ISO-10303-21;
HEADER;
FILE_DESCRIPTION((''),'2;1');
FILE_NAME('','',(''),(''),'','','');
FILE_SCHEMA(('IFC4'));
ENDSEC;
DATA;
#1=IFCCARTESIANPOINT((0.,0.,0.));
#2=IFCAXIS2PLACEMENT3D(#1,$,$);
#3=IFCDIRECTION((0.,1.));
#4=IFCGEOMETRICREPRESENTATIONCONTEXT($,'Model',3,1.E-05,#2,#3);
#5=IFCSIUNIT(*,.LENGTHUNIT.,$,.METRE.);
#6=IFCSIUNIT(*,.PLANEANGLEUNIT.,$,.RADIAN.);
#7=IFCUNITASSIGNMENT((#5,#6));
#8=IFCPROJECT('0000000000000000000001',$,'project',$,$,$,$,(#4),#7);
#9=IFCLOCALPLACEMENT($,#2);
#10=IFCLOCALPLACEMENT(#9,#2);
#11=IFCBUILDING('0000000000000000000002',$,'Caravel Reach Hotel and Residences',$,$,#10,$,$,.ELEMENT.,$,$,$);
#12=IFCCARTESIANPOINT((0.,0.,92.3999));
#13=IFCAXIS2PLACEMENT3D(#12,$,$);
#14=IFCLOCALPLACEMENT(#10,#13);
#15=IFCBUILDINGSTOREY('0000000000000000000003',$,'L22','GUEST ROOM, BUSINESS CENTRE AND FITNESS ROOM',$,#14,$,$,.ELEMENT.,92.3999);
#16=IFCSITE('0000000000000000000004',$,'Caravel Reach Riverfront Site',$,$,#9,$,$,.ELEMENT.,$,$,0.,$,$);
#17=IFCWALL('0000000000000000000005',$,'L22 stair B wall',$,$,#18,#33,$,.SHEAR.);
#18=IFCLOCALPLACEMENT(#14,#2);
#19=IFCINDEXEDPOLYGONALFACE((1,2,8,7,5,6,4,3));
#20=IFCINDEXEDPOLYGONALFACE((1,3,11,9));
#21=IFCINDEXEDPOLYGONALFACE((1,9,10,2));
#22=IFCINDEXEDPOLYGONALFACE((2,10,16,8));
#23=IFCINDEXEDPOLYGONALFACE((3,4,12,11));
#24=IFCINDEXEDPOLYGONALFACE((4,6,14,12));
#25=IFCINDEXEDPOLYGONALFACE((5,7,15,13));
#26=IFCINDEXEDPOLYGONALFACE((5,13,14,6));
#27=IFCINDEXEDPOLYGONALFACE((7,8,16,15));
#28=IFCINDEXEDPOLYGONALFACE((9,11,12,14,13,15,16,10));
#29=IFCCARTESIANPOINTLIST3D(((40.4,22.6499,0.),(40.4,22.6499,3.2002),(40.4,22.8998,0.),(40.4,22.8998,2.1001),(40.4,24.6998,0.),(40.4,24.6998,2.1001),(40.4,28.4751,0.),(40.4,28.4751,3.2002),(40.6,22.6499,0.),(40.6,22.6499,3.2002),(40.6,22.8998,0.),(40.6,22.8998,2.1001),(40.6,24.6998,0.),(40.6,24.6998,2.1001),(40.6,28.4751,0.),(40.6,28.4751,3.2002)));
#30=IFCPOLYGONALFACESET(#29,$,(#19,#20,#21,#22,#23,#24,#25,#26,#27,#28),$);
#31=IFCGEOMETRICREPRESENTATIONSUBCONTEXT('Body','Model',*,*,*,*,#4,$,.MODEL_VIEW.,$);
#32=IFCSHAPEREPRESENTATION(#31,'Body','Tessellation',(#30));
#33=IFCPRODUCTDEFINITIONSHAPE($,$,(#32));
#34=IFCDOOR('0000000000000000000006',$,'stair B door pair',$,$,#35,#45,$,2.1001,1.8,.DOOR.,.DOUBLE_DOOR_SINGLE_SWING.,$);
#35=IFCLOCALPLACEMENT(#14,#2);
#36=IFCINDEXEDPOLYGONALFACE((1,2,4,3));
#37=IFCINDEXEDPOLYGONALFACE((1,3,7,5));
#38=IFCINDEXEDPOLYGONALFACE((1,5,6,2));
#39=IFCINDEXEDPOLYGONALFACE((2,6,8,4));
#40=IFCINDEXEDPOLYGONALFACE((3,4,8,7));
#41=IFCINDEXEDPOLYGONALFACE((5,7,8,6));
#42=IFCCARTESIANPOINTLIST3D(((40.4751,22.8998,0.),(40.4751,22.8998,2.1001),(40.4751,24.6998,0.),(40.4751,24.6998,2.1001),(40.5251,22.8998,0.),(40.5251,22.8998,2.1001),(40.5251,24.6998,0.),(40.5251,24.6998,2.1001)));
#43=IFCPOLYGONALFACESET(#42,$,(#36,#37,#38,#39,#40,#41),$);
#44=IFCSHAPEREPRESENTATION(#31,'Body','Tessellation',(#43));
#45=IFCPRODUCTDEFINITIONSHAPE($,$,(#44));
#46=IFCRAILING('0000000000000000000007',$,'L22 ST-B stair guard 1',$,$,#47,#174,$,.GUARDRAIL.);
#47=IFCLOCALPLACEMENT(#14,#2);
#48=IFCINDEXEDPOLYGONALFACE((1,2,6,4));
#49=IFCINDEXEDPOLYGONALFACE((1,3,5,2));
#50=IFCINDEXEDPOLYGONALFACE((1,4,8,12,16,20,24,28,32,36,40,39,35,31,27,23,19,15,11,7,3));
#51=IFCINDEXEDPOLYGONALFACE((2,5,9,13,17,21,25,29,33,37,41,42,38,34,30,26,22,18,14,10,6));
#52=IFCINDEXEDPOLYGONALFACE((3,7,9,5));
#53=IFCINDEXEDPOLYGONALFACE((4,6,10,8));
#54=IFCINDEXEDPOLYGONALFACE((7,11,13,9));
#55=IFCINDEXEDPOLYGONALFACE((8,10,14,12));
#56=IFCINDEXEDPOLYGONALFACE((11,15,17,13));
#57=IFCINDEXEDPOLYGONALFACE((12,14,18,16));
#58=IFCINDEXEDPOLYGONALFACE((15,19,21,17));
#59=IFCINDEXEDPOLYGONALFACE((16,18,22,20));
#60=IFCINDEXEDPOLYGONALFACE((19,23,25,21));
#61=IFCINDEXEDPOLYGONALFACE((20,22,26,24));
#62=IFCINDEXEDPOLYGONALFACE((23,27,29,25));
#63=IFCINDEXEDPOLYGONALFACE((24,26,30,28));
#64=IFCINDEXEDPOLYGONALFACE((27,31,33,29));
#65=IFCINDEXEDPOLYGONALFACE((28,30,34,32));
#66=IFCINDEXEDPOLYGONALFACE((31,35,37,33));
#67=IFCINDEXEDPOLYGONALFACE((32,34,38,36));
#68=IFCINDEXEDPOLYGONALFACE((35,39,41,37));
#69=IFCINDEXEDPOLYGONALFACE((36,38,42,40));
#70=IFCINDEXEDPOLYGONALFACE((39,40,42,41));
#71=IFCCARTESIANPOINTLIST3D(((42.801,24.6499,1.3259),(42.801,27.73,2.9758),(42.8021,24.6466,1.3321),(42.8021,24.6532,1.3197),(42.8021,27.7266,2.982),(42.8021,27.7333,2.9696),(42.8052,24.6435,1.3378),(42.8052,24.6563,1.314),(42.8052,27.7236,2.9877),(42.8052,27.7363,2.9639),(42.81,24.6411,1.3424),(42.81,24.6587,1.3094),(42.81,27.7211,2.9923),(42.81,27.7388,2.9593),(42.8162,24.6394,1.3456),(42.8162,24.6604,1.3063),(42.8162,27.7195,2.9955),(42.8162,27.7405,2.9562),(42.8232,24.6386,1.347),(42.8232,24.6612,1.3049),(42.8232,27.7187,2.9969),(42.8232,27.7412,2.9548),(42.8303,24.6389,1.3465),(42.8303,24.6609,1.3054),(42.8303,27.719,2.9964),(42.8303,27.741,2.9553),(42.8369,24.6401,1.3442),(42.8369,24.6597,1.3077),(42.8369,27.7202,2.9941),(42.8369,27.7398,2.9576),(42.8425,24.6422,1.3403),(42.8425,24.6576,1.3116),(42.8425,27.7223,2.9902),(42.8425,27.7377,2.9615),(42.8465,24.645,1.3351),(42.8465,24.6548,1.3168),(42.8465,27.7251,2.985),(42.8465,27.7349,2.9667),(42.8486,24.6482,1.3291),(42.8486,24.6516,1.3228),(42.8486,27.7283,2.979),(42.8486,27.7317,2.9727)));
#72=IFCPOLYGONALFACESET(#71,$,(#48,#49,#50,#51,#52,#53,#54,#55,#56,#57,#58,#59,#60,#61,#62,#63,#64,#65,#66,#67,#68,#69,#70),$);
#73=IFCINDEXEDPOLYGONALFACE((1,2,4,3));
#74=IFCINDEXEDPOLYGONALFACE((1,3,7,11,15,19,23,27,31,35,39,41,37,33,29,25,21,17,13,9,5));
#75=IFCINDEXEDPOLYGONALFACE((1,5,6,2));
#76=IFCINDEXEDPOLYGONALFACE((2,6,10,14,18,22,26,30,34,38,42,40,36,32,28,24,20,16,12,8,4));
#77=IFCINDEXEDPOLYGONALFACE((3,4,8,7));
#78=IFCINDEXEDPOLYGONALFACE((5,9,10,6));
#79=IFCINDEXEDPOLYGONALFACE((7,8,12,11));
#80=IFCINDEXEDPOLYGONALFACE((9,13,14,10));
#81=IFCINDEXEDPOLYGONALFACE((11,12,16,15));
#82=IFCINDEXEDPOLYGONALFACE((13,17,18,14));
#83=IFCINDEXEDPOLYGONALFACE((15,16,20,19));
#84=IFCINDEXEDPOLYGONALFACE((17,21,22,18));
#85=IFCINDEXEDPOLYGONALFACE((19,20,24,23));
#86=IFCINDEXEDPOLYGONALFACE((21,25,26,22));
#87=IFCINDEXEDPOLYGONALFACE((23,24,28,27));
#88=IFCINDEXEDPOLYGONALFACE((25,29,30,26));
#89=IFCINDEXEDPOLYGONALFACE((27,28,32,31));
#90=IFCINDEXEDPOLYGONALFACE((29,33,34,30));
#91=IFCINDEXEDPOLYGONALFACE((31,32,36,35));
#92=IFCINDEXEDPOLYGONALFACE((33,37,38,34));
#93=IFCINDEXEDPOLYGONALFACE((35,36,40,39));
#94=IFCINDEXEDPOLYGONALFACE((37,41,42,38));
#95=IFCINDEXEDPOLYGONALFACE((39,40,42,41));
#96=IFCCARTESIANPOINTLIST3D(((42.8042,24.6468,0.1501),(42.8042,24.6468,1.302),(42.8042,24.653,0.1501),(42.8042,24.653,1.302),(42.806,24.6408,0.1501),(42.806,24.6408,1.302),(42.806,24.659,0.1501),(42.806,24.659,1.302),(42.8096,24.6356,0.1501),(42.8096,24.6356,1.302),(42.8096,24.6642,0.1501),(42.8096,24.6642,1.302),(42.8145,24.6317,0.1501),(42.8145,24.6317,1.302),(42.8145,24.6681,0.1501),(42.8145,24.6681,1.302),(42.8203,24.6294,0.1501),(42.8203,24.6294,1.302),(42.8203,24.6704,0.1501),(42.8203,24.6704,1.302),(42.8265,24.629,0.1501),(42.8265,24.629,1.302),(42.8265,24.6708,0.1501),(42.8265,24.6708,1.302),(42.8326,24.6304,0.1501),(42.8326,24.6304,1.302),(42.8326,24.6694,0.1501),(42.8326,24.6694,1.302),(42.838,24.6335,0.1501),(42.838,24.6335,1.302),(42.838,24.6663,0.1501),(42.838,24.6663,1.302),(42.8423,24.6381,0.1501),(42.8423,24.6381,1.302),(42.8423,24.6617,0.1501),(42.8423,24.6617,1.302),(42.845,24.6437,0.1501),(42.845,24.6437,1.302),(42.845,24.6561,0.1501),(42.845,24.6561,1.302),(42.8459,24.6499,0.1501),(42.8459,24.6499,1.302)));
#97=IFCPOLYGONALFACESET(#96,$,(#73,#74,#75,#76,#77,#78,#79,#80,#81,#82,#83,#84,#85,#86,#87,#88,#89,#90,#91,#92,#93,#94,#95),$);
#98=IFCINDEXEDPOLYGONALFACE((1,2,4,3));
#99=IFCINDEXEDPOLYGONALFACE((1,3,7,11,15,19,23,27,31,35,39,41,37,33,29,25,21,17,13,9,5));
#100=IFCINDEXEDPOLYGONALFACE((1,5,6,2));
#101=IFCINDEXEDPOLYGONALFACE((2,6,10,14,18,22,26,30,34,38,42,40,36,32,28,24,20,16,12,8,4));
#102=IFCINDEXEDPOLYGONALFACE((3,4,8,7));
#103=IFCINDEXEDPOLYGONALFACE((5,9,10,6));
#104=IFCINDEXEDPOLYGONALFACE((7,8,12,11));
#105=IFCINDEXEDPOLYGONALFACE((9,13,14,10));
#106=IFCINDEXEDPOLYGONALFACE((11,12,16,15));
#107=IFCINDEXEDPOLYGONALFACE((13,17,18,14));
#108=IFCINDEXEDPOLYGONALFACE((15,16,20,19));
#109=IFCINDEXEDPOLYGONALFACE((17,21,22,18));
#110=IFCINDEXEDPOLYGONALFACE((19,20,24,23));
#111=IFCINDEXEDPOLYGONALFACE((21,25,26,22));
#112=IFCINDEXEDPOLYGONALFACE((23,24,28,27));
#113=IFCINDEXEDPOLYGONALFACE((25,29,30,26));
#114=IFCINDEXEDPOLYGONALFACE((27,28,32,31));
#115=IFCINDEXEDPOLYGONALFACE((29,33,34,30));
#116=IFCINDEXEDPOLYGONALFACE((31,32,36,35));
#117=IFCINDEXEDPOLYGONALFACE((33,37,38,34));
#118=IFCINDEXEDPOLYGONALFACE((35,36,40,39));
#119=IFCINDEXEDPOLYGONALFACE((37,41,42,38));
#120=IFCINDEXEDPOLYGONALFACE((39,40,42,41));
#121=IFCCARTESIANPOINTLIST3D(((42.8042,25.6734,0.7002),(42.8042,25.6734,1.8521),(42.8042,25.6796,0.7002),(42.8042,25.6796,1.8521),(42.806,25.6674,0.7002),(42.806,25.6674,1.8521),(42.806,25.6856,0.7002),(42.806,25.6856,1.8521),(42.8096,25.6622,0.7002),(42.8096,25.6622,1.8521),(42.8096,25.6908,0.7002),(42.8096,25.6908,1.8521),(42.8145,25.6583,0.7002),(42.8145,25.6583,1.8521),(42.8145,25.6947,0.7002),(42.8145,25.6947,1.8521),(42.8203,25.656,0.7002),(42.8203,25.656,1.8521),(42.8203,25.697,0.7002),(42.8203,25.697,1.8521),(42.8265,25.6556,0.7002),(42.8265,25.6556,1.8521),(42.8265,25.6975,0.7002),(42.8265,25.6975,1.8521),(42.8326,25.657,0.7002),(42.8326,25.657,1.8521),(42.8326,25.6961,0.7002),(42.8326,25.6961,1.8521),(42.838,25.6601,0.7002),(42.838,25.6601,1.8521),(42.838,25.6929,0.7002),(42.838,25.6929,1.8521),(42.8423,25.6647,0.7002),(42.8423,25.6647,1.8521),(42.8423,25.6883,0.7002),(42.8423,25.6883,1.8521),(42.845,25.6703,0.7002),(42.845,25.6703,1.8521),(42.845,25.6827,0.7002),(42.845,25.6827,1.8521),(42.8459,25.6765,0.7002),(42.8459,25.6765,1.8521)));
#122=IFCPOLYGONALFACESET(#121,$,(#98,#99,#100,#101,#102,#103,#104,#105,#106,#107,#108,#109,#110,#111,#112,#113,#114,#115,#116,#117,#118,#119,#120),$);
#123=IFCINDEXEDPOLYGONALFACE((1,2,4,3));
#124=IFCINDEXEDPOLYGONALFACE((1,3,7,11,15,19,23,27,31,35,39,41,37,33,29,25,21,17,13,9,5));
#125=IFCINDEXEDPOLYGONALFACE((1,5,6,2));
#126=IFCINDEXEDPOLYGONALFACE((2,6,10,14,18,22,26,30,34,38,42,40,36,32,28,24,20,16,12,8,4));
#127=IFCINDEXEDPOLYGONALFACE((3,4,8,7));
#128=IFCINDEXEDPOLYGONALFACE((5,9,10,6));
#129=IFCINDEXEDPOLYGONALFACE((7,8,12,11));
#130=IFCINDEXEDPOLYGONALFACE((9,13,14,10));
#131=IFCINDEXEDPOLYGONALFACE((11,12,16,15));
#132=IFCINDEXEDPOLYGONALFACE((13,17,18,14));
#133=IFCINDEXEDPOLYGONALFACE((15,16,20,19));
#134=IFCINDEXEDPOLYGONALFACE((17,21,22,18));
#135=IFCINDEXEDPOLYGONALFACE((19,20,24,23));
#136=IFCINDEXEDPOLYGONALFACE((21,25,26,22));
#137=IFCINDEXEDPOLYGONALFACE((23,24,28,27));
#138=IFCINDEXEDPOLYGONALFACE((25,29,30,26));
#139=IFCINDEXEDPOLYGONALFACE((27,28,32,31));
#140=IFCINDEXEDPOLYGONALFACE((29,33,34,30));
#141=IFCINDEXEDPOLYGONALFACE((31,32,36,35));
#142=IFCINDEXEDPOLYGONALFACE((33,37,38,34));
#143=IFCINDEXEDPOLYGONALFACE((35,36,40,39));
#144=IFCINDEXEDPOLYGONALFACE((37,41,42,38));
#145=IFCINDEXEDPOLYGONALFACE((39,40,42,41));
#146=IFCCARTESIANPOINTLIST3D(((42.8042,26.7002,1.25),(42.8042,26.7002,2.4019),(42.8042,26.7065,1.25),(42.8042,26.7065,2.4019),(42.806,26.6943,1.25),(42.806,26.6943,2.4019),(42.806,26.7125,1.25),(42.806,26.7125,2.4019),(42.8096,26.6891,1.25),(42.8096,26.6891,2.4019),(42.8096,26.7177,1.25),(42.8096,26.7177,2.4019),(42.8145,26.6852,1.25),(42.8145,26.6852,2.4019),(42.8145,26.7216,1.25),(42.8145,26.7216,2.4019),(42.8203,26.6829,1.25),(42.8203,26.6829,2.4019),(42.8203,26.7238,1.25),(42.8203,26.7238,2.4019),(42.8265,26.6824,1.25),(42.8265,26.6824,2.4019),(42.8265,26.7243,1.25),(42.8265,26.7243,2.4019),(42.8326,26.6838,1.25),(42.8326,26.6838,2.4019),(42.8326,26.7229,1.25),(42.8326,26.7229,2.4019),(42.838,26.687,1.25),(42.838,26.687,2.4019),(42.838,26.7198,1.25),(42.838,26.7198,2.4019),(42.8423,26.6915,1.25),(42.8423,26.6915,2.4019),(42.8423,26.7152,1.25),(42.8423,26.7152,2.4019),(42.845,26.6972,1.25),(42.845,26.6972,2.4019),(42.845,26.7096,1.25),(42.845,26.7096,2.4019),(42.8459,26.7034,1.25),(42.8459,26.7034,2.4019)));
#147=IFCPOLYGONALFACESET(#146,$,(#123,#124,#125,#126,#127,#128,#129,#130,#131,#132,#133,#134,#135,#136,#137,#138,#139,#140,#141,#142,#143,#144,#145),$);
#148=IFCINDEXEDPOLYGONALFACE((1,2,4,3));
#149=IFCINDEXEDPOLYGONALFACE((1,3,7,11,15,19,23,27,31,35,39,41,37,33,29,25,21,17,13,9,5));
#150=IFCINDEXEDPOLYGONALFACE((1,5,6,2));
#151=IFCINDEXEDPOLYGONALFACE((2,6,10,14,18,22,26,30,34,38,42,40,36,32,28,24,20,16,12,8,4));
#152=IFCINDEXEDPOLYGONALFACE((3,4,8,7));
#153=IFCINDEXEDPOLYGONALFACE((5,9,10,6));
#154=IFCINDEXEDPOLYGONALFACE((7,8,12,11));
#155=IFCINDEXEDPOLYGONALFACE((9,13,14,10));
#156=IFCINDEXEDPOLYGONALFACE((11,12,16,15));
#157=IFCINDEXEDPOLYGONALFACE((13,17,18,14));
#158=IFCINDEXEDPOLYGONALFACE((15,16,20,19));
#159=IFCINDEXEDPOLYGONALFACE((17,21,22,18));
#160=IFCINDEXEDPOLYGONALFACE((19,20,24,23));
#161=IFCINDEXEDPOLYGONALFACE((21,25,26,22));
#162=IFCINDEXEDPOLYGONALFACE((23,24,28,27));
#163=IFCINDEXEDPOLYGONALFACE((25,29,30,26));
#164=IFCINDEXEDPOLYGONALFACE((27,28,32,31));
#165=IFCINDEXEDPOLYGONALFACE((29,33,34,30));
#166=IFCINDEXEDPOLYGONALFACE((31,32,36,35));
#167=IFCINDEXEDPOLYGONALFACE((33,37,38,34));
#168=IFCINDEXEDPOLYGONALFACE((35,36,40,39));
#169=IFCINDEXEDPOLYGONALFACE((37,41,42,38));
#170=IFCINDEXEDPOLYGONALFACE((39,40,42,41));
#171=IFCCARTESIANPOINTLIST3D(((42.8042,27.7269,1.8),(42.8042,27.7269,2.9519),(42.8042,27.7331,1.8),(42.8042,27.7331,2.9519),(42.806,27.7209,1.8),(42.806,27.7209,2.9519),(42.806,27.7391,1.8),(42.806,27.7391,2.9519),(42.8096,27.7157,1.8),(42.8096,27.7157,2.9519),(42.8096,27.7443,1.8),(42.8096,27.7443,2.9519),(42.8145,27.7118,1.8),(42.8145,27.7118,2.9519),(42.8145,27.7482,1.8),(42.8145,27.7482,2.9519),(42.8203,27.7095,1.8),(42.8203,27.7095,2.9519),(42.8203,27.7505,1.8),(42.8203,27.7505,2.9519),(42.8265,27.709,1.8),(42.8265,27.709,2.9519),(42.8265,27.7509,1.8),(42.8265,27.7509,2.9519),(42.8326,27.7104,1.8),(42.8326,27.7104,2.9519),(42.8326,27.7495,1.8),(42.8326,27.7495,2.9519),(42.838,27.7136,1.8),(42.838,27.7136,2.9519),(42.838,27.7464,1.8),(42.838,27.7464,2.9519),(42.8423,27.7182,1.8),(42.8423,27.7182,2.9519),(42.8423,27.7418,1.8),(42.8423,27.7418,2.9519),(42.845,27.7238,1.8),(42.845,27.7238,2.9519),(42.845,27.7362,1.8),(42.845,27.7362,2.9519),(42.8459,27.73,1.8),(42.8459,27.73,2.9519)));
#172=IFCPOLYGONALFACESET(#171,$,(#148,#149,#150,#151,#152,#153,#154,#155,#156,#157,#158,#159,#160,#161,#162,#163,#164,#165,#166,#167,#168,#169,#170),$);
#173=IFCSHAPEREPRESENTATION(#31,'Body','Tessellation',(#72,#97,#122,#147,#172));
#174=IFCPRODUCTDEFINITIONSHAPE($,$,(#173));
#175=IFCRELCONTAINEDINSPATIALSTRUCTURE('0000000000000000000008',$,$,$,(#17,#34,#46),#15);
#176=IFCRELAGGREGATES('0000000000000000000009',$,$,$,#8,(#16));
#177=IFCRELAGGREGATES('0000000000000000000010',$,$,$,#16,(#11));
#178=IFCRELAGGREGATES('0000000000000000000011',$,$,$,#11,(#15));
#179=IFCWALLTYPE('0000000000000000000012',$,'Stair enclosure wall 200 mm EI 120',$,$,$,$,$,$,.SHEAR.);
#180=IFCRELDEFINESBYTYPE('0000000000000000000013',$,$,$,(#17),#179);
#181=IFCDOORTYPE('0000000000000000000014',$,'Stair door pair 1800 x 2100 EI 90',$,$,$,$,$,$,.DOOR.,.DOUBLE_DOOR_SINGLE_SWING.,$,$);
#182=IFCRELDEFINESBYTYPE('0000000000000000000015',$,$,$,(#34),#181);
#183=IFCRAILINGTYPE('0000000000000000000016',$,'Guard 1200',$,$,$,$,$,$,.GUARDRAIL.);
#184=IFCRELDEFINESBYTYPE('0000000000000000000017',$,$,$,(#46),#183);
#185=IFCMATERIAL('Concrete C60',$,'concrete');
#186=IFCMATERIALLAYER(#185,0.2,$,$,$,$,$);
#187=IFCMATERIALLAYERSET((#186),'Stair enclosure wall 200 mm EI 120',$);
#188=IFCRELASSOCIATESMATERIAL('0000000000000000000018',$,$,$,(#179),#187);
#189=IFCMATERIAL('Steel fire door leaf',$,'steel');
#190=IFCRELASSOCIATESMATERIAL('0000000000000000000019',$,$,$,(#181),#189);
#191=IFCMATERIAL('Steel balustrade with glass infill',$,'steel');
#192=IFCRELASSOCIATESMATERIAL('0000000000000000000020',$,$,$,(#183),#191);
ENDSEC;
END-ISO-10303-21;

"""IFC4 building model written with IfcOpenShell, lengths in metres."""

from ifc_helpers import new_model, si_unit, direction, frame, frame_2d, origin, origin_2d, place, context, subcontext, project, spatial, rectangle, circle, extrude, material, layer, layer_set, type_object, element, fill, save


model = new_model("IFC4")

# Units and contexts
model_context = context("Model", 3, precision=1e-05, world=origin(), true_north=direction((0.0, 1.0)))
body_context = subcontext(model_context, "Body", "Model", "MODEL_VIEW")
ifc_project = project(units=[si_unit("LENGTHUNIT", "METRE"), si_unit("PLANEANGLEUNIT", "RADIAN")], contexts=[model_context])

# Site, building, storey
site_placement = place(None, origin())
site = spatial("IfcSite", under=ifc_project, at=site_placement, Name="Caravel Reach Riverfront Site", CompositionType="ELEMENT", RefElevation=0.0)
building_placement = place(site_placement, origin())
building = spatial("IfcBuilding", under=site, at=building_placement, Name="Caravel Reach Hotel and Residences", CompositionType="ELEMENT")
storey_placement = place(building_placement, frame((0.0, 0.0, 92.3999)))
storey = spatial("IfcBuildingStorey", under=building, at=storey_placement, Name="L22", Description="GUEST ROOM, BUSINESS CENTRE AND FITNESS ROOM", CompositionType="ELEMENT", Elevation=92.3999)

# Wall, opening, door
ifc_material_1 = material(Name="Concrete C60", Category="concrete")
ifc_layer_1 = layer(ifc_material_1, 0.2)
ifc_layer_set_1 = layer_set([ifc_layer_1], Name="Stair enclosure wall 200 mm EI 120")
wall_type_1 = type_object("IfcWallType", Name="Stair enclosure wall 200 mm EI 120", PredefinedType="SHEAR", material=ifc_layer_set_1)
wall_1_placement = place(storey_placement, frame((40.5, 22.6499, 0.0), z_axis=(0.0, 0.0, 1.0), x_axis=(0.0, 1.0, 0.0)))
wall_1 = element("IfcWall", 1, at=wall_1_placement, inside=storey, type_object=wall_type_1, Name="L22 stair B wall", PredefinedType="SHEAR", context=body_context, shape_type="SweptSolid", body=[
    extrude(rectangle(XDim=5.8252, YDim=0.2, at=frame_2d((2.9126, 0.0))), origin(), (0.0, 0.0, 1.0), 3.2002),
])
opening_1_placement = place(wall_1_placement, frame((0.25, 0.0, 0.0)))
opening_1 = element("IfcOpeningElement", 2, at=opening_1_placement, cuts=wall_1, PredefinedType="OPENING", context=body_context, shape_type="SweptSolid", body=[
    extrude(rectangle(XDim=1.8, YDim=2.1001, at=frame_2d((0.8999, 1.05))), frame((0.0, 0.1099, 0.0), z_axis=(0.0, -1.0, 0.0), x_axis=(1.0, 0.0, 0.0)), (0.0, 0.0, 1.0), 0.22),
])
ifc_material_2 = material(Name="Steel fire door leaf", Category="steel")
door_type_1 = type_object("IfcDoorType", Name="Stair door pair 1800 x 2100 EI 90", OperationType="DOUBLE_DOOR_SINGLE_SWING", PredefinedType="DOOR", material=ifc_material_2)
door_1_placement = place(opening_1_placement, origin())
door_1 = element("IfcDoor", 3, at=door_1_placement, inside=storey, type_object=door_type_1, Name="stair B door pair", OperationType="DOUBLE_DOOR_SINGLE_SWING", OverallHeight=2.1001, OverallWidth=1.8, PredefinedType="DOOR", context=body_context, shape_type="SweptSolid", body=[
    extrude(rectangle(XDim=1.8, YDim=2.1001, at=frame_2d((0.8999, 1.05))), frame((0.0, 0.0249, 0.0), z_axis=(0.0, -1.0, 0.0), x_axis=(1.0, 0.0, 0.0)), (0.0, 0.0, 1.0), 0.05),
])
fill(opening_1, door_1)

# Railing
ifc_material_3 = material(Name="Steel balustrade with glass infill", Category="steel")
railing_type_1 = type_object("IfcRailingType", Name="Guard 1200", PredefinedType="GUARDRAIL", material=ifc_material_3)
railing_1_placement = place(storey_placement, frame((42.825, 24.6499, 0.1501)))
element("IfcRailing", 4, at=railing_1_placement, inside=storey, type_object=railing_type_1, Name="L22 ST-B stair guard 1", PredefinedType="GUARDRAIL", context=body_context, shape_type="SweptSolid", body=[
    extrude(circle(Radius=0.0239, at=origin_2d()), frame((0.0, 0.0, 1.1758), z_axis=(0.0, 0.881497, 0.47219), x_axis=(-1.0, 0.0, 0.0)), (0.0, 0.0, 1.0), 3.4941),
    extrude(circle(Radius=0.021, at=origin_2d()), origin(), (0.0, 0.0, 1.0), 1.1519),
    extrude(circle(Radius=0.021, at=origin_2d()), frame((0.0, 1.0266, 0.55)), (0.0, 0.0, 1.0), 1.1519),
    extrude(circle(Radius=0.021, at=origin_2d()), frame((0.0, 2.0535, 1.0999)), (0.0, 0.0, 1.0), 1.1519),
    extrude(circle(Radius=0.021, at=origin_2d()), frame((0.0, 3.0801, 1.6499)), (0.0, 0.0, 1.0), 1.1519),
])

save(model, "model.ifc")
